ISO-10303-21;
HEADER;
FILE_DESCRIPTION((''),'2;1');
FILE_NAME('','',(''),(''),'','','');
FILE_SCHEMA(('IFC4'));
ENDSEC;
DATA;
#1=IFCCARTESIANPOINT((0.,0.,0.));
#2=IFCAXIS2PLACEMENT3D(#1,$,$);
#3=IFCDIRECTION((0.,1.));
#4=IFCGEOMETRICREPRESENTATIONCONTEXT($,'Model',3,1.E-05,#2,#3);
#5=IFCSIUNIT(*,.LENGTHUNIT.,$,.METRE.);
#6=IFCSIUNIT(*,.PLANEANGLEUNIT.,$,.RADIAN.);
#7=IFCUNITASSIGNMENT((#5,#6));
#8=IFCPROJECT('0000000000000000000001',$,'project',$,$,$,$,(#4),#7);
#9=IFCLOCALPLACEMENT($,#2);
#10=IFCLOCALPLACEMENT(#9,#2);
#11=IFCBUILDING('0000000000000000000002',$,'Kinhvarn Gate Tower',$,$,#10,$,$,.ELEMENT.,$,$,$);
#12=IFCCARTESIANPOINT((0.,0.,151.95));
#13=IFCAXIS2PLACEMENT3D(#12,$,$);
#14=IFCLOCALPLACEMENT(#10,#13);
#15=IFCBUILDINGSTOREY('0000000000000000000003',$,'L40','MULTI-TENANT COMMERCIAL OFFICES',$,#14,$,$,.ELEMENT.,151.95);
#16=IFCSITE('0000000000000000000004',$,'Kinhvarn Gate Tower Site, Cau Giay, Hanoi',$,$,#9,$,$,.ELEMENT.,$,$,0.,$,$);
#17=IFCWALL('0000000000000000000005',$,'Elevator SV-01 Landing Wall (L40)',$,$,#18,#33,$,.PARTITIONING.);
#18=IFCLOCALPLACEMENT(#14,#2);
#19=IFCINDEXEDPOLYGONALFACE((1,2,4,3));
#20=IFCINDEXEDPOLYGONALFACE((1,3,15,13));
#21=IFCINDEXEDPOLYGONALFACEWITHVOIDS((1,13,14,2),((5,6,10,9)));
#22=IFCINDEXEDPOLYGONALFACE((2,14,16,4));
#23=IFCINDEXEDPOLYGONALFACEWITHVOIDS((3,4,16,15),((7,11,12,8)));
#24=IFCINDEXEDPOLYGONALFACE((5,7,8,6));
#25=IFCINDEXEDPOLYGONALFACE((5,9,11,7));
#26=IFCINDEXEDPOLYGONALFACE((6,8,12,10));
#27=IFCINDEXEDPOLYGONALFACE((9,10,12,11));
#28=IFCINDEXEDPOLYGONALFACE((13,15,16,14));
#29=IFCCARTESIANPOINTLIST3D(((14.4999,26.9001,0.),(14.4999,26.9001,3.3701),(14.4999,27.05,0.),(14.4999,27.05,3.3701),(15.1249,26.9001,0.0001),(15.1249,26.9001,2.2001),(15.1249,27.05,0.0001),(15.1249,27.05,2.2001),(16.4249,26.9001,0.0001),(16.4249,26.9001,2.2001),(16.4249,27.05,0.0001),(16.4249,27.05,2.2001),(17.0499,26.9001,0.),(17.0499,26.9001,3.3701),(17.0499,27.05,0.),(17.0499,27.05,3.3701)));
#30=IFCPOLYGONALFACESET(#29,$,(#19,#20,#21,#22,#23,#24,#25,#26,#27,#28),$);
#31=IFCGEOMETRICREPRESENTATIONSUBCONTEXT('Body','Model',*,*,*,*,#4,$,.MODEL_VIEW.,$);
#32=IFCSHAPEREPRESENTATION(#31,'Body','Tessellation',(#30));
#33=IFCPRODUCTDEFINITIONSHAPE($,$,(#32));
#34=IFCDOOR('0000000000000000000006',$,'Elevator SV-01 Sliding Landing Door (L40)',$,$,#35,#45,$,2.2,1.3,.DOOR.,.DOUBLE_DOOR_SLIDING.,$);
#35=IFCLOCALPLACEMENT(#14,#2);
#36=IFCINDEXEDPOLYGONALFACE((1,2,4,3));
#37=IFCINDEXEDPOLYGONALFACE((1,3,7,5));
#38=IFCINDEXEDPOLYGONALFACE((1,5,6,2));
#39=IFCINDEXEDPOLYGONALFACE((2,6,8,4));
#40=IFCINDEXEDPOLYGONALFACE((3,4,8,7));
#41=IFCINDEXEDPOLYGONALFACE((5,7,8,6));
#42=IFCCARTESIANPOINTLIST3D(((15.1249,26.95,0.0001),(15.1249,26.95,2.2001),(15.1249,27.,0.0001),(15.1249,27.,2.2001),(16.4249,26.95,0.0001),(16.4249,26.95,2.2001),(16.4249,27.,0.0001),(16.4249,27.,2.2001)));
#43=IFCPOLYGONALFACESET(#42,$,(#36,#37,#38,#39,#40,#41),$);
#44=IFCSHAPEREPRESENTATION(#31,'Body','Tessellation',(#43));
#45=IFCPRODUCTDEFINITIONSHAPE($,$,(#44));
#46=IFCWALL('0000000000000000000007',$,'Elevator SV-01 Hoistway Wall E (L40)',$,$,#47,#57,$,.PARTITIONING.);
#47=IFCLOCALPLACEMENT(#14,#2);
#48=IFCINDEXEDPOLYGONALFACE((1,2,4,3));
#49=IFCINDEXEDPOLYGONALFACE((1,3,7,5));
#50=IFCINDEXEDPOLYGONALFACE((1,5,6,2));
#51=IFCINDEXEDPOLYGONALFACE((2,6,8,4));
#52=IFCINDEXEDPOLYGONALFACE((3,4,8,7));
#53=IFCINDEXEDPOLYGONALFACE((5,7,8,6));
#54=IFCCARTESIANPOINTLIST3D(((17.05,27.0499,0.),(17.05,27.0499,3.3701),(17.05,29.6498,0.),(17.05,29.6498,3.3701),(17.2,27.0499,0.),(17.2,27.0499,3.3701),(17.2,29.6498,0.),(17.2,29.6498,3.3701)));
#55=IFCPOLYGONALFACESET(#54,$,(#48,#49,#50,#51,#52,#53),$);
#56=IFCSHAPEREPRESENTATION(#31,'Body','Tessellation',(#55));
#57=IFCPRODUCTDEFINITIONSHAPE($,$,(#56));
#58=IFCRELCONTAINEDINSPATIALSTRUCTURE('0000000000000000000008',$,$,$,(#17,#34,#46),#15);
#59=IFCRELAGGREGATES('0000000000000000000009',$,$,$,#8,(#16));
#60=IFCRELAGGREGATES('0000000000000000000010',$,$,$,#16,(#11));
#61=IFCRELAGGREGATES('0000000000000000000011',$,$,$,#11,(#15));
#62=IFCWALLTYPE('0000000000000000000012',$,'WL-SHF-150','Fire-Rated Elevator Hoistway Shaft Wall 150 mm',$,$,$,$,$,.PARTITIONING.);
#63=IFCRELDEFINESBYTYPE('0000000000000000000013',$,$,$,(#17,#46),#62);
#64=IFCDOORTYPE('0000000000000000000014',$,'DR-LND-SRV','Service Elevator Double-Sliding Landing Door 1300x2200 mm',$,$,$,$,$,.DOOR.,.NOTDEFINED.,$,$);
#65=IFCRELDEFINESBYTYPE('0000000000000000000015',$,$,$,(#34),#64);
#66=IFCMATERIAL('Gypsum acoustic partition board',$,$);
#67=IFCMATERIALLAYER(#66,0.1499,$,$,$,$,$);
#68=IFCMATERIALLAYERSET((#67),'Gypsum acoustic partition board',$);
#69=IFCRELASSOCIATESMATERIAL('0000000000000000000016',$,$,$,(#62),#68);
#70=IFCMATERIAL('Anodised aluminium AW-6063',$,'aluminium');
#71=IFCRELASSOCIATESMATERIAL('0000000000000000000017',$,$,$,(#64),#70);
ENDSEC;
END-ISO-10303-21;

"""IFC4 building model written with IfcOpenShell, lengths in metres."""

from ifc_helpers import new_model, si_unit, direction, frame, frame_2d, origin, place, context, subcontext, project, spatial, rectangle, extrude, material, layer, layer_set, type_object, element, fill, save


model = new_model("IFC4")

# Units and contexts
model_context = context("Model", 3, precision=1e-05, world=origin(), true_north=direction((0.0, 1.0)))
body_context = subcontext(model_context, "Body", "Model", "MODEL_VIEW")
ifc_project = project(units=[si_unit("LENGTHUNIT", "METRE"), si_unit("PLANEANGLEUNIT", "RADIAN")], contexts=[model_context])

# Site, building, storey
site_placement = place(None, origin())
site = spatial("IfcSite", under=ifc_project, at=site_placement, Name="Kinhvarn Gate Tower Site, Cau Giay, Hanoi", CompositionType="ELEMENT", RefElevation=0.0)
building_placement = place(site_placement, origin())
building = spatial("IfcBuilding", under=site, at=building_placement, Name="Kinhvarn Gate Tower", CompositionType="ELEMENT")
storey_placement = place(building_placement, frame((0.0, 0.0, 151.95)))
storey = spatial("IfcBuildingStorey", under=building, at=storey_placement, Name="L40", Description="MULTI-TENANT COMMERCIAL OFFICES", CompositionType="ELEMENT", Elevation=151.95)

# Shared definitions
ifc_material_1 = material(Name="Anodised aluminium AW-6063", Category="aluminium")

# Shared definitions
ifc_material_2 = material(Name="Gypsum acoustic partition board")

# Wall, opening, door
ifc_layer_1 = layer(ifc_material_2, 0.1499)
ifc_layer_set_1 = layer_set([ifc_layer_1], Name="Gypsum acoustic partition board")
wall_type_1 = type_object("IfcWallType", Name="WL-SHF-150", Description="Fire-Rated Elevator Hoistway Shaft Wall 150 mm", PredefinedType="PARTITIONING", material=ifc_layer_set_1)
wall_1_placement = place(storey_placement, frame((14.5, 26.9751, 0.0), z_axis=(0.0, 0.0, 1.0), x_axis=(1.0, 0.0, 0.0)))
wall_1 = element("IfcWall", 1, at=wall_1_placement, inside=storey, type_object=wall_type_1, Name="Elevator SV-01 Landing Wall (L40)", PredefinedType="PARTITIONING", context=body_context, shape_type="SweptSolid", body=[
    extrude(rectangle(XDim=2.55, YDim=0.1499, at=frame_2d((1.2749, 0.0))), origin(), (0.0, 0.0, 1.0), 3.3701),
])
opening_1_placement = place(wall_1_placement, frame((0.625, 0.0, 0.0)))
opening_1 = element("IfcOpeningElement", 2, at=opening_1_placement, cuts=wall_1, PredefinedType="OPENING", context=body_context, shape_type="SweptSolid", body=[
    extrude(rectangle(XDim=1.3, YDim=2.2, at=frame_2d((0.6499, 1.1001))), frame((0.0, 0.085, 0.0), z_axis=(0.0, -1.0, 0.0), x_axis=(1.0, 0.0, 0.0)), (0.0, 0.0, 1.0), 0.1699),
])
door_type_1 = type_object("IfcDoorType", Name="DR-LND-SRV", Description="Service Elevator Double-Sliding Landing Door 1300x2200 mm", OperationType="NOTDEFINED", PredefinedType="DOOR", material=ifc_material_1)
door_1_placement = place(opening_1_placement, origin())
door_1 = element("IfcDoor", 3, at=door_1_placement, inside=storey, type_object=door_type_1, Name="Elevator SV-01 Sliding Landing Door (L40)", OperationType="DOUBLE_DOOR_SLIDING", OverallHeight=2.2, OverallWidth=1.3, PredefinedType="DOOR", context=body_context, shape_type="SweptSolid", body=[
    extrude(rectangle(XDim=1.3, YDim=2.2, at=frame_2d((0.6499, 1.1001))), frame((0.0, 0.0249, 0.0), z_axis=(0.0, -1.0, 0.0), x_axis=(1.0, 0.0, 0.0)), (0.0, 0.0, 1.0), 0.05),
])
fill(opening_1, door_1)

# Wall
wall_2_placement = place(storey_placement, frame((17.125, 27.05, 0.0), z_axis=(0.0, 0.0, 1.0), x_axis=(0.0, 1.0, 0.0)))
element("IfcWall", 4, at=wall_2_placement, inside=storey, type_object=wall_type_1, Name="Elevator SV-01 Hoistway Wall E (L40)", PredefinedType="PARTITIONING", context=body_context, shape_type="SweptSolid", body=[
    extrude(rectangle(XDim=2.5999, YDim=0.1499, at=frame_2d((1.2998, 0.0))), origin(), (0.0, 0.0, 1.0), 3.3701),
])

save(model, "model.ifc")
